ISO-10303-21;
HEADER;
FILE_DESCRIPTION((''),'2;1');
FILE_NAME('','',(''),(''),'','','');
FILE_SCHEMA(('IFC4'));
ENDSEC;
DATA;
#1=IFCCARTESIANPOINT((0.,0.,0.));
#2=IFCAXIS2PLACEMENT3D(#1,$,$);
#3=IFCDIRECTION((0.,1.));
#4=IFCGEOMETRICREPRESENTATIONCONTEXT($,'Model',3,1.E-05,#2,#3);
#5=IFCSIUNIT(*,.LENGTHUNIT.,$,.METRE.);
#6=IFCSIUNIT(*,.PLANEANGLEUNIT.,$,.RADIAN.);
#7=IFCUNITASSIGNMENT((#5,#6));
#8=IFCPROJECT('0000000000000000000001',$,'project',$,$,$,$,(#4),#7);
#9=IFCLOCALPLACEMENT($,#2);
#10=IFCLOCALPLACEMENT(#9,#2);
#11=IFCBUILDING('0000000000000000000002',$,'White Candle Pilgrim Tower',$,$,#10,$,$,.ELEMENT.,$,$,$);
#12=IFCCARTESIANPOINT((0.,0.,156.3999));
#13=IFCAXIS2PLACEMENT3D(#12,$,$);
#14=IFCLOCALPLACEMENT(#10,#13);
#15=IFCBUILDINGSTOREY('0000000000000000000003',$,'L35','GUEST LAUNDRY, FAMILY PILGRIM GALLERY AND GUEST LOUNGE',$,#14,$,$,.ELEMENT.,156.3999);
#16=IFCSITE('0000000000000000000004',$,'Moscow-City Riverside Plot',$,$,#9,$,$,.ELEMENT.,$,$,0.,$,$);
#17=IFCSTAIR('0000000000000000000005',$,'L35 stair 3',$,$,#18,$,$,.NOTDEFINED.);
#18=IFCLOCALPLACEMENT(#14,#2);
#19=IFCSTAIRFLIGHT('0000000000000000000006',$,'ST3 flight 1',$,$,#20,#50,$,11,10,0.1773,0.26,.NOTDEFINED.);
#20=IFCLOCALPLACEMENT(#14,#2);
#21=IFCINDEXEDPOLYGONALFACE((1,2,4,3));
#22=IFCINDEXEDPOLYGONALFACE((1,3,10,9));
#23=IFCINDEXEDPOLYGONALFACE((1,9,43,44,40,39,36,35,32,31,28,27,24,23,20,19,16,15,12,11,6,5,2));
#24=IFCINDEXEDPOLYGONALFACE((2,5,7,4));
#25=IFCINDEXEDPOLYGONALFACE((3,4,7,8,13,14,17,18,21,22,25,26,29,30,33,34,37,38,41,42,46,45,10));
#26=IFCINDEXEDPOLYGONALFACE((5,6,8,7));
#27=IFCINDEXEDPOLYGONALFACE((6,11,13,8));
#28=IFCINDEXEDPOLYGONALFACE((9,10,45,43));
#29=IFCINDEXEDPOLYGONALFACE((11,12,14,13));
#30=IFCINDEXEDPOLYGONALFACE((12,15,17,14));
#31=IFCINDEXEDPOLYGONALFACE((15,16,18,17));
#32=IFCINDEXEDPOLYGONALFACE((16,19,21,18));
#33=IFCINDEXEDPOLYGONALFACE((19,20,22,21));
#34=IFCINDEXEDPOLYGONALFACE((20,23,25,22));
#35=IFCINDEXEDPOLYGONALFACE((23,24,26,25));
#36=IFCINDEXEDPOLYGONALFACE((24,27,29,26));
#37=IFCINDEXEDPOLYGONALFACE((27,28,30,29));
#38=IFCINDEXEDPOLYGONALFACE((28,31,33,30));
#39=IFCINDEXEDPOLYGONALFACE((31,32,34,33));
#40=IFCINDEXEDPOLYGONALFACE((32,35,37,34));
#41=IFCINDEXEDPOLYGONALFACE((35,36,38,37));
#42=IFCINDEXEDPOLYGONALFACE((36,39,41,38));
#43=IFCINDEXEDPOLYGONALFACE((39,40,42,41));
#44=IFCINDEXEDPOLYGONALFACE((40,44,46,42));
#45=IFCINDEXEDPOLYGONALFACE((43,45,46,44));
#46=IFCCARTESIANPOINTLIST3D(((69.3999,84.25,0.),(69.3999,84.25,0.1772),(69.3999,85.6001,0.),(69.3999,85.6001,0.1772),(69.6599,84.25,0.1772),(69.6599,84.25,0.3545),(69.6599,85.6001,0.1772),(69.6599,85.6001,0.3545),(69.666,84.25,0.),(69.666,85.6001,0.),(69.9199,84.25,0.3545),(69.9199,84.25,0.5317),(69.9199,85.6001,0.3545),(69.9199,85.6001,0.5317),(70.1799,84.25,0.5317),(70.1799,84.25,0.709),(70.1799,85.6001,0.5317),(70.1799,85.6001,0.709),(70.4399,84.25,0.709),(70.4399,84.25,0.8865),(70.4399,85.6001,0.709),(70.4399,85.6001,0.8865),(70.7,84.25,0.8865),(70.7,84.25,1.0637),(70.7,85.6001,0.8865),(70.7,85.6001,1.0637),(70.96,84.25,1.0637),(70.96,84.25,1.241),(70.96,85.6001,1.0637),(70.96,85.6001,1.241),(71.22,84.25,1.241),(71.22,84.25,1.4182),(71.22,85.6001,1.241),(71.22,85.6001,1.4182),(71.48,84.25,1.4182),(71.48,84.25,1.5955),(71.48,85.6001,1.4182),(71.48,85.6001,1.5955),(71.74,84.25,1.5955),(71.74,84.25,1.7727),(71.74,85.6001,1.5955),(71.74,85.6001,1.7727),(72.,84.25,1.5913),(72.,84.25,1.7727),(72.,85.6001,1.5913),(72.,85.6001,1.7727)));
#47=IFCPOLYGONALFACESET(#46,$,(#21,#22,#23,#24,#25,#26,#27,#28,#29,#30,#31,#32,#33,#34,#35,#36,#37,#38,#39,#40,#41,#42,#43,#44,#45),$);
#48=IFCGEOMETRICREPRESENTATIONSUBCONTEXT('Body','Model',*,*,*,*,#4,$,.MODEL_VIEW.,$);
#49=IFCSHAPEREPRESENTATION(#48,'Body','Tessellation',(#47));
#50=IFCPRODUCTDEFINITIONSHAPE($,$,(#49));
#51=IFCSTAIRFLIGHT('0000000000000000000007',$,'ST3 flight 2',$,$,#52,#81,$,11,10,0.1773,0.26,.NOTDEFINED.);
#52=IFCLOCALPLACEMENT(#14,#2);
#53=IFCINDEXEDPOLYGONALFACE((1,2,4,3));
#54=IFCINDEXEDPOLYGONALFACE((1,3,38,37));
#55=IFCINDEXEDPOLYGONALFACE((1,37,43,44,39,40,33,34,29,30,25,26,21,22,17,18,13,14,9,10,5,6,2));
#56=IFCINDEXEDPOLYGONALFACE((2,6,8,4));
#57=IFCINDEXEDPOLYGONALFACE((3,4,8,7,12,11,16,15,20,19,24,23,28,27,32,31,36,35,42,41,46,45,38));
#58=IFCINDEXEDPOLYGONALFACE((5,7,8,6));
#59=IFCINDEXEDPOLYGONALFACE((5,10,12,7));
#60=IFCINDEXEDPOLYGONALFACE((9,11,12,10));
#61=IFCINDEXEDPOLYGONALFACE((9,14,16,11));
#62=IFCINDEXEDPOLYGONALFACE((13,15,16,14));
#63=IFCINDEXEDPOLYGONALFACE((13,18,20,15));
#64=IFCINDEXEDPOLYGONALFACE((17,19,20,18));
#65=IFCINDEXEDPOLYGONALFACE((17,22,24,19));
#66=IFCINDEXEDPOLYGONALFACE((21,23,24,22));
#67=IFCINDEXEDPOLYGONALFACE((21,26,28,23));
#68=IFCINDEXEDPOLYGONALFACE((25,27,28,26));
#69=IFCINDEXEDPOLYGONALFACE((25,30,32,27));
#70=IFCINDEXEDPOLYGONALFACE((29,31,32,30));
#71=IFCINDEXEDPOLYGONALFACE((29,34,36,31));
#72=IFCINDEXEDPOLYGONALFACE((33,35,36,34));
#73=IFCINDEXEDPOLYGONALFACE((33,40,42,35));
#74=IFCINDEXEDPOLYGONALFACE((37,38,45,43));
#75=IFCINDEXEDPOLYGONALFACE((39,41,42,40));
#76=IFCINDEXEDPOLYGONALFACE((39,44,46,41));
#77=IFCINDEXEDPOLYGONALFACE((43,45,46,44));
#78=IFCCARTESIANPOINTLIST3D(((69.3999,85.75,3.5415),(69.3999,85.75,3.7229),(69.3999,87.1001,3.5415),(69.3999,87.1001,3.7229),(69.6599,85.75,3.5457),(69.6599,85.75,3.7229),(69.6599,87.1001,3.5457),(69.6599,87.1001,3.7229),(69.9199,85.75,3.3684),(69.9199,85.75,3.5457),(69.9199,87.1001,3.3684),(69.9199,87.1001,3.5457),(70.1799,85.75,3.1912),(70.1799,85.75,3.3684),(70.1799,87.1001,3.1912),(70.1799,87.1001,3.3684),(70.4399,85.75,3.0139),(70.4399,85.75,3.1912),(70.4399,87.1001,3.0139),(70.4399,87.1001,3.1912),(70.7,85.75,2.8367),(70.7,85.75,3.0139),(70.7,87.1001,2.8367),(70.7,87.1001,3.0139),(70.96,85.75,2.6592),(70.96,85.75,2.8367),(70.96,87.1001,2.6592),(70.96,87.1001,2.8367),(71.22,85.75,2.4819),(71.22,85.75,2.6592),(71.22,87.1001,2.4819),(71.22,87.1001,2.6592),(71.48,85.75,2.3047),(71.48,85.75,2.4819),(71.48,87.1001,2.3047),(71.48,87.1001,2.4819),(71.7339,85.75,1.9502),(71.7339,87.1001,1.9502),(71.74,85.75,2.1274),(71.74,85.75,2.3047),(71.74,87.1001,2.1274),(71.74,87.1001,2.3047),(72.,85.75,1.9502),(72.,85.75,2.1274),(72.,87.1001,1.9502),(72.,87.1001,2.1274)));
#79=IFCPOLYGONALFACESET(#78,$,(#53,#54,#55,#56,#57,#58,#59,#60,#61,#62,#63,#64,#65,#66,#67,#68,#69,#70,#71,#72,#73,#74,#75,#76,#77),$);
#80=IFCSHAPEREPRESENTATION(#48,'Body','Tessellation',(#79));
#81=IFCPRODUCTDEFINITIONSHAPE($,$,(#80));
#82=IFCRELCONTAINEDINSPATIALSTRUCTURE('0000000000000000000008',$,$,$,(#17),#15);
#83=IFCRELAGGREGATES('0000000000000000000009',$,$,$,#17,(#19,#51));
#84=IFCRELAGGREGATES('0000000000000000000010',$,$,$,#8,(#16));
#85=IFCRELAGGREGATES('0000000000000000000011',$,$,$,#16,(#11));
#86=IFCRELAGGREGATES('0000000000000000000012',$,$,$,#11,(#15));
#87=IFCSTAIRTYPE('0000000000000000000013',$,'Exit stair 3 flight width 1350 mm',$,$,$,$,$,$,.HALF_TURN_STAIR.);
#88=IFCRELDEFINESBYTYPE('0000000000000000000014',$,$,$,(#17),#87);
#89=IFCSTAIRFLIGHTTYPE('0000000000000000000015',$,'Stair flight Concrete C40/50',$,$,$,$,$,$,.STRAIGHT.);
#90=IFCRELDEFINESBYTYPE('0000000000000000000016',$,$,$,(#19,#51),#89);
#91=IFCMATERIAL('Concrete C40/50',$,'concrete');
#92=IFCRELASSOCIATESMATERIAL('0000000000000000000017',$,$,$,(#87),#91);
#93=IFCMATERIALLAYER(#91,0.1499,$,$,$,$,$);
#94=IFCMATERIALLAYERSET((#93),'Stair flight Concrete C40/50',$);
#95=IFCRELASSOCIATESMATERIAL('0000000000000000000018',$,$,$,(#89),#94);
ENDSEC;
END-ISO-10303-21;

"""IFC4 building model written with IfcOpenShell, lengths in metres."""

from ifc_helpers import new_model, si_unit, direction, frame, origin, place, context, subcontext, project, spatial, polyline, outline, extrude, material, layer, layer_set, type_object, element, aggregate, save


model = new_model("IFC4")

# Units and contexts
model_context = context("Model", 3, precision=1e-05, world=origin(), true_north=direction((0.0, 1.0)))
body_context = subcontext(model_context, "Body", "Model", "MODEL_VIEW")
ifc_project = project(units=[si_unit("LENGTHUNIT", "METRE"), si_unit("PLANEANGLEUNIT", "RADIAN")], contexts=[model_context])

# Site, building, storey
site_placement = place(None, origin())
site = spatial("IfcSite", under=ifc_project, at=site_placement, Name="Moscow-City Riverside Plot", CompositionType="ELEMENT", RefElevation=0.0)
building_placement = place(site_placement, origin())
building = spatial("IfcBuilding", under=site, at=building_placement, Name="White Candle Pilgrim Tower", CompositionType="ELEMENT")
storey_placement = place(building_placement, frame((0.0, 0.0, 156.3999)))
storey = spatial("IfcBuildingStorey", under=building, at=storey_placement, Name="L35", Description="GUEST LAUNDRY, FAMILY PILGRIM GALLERY AND GUEST LOUNGE", CompositionType="ELEMENT", Elevation=156.3999)

# Stair, stair flights
ifc_material_1 = material(Name="Concrete C40/50", Category="concrete")
stair_type = type_object("IfcStairType", Name="Exit stair 3 flight width 1350 mm", PredefinedType="HALF_TURN_STAIR", material=ifc_material_1)
stair_placement = place(storey_placement, origin())
stair = element("IfcStair", 1, at=stair_placement, inside=storey, type_object=stair_type, Name="L35 stair 3", PredefinedType="NOTDEFINED")
ifc_layer_1 = layer(ifc_material_1, 0.1499)
ifc_layer_set_1 = layer_set([ifc_layer_1], Name="Stair flight Concrete C40/50")
stair_flight_type = type_object("IfcStairFlightType", Name="Stair flight Concrete C40/50", PredefinedType="STRAIGHT", material=ifc_layer_set_1)
stair_flight_1_placement = place(storey_placement, frame((69.3999, 84.925, 0.0), z_axis=(0.0, 0.0, 1.0), x_axis=(1.0, 0.0, 0.0)))
stair_flight_1 = element("IfcStairFlight", 2, at=stair_flight_1_placement, type_object=stair_flight_type, Name="ST3 flight 1", NumberOfRisers=11, NumberOfTreads=10, PredefinedType="NOTDEFINED", RiserHeight=0.1773, TreadLength=0.26, context=body_context, shape_type="SweptSolid", body=[
    extrude(outline(polyline([(0.0, 0.0), (0.0, 0.1772), (0.26, 0.1772), (0.26, 0.3545), (0.52, 0.3545), (0.52, 0.5317), (0.78, 0.5317), (0.78, 0.709), (1.04, 0.709), (1.04, 0.8865), (1.3, 0.8865), (1.3, 1.0637), (1.5601, 1.0637), (1.5601, 1.241), (1.8201, 1.241), (1.8201, 1.4182), (2.0801, 1.4182), (2.0801, 1.5955), (2.3401, 1.5955), (2.3401, 1.7727), (2.6001, 1.7727), (2.6001, 1.95), (2.6001, 1.5913), (0.2661, 0.0), (0.0, 0.0)])), frame((0.0, 0.675, 0.0), z_axis=(0.0, -1.0, 0.0), x_axis=(1.0, 0.0, 0.0)), (0.0, 0.0, 1.0), 1.3501),
])
stair_flight_2_placement = place(storey_placement, frame((72.0, 86.425, 1.9502), z_axis=(0.0, 0.0, 1.0), x_axis=(-1.0, 0.0, 0.0)))
stair_flight_2 = element("IfcStairFlight", 3, at=stair_flight_2_placement, type_object=stair_flight_type, Name="ST3 flight 2", NumberOfRisers=11, NumberOfTreads=10, PredefinedType="NOTDEFINED", RiserHeight=0.1773, TreadLength=0.26, context=body_context, shape_type="SweptSolid", body=[
    extrude(outline(polyline([(0.0, 0.0), (0.0, 0.1772), (0.26, 0.1772), (0.26, 0.3545), (0.52, 0.3545), (0.52, 0.5317), (0.78, 0.5317), (0.78, 0.709), (1.04, 0.709), (1.04, 0.8865), (1.3, 0.8865), (1.3, 1.0637), (1.5601, 1.0637), (1.5601, 1.241), (1.8201, 1.241), (1.8201, 1.4182), (2.0801, 1.4182), (2.0801, 1.5955), (2.3401, 1.5955), (2.3401, 1.7727), (2.6001, 1.7727), (2.6001, 1.95), (2.6001, 1.5913), (0.2661, 0.0), (0.0, 0.0)])), frame((0.0, 0.675, 0.0), z_axis=(0.0, -1.0, 0.0), x_axis=(1.0, 0.0, 0.0)), (0.0, 0.0, 1.0), 1.3501),
])
aggregate(stair, [stair_flight_1, stair_flight_2])

save(model, "model.ifc")
